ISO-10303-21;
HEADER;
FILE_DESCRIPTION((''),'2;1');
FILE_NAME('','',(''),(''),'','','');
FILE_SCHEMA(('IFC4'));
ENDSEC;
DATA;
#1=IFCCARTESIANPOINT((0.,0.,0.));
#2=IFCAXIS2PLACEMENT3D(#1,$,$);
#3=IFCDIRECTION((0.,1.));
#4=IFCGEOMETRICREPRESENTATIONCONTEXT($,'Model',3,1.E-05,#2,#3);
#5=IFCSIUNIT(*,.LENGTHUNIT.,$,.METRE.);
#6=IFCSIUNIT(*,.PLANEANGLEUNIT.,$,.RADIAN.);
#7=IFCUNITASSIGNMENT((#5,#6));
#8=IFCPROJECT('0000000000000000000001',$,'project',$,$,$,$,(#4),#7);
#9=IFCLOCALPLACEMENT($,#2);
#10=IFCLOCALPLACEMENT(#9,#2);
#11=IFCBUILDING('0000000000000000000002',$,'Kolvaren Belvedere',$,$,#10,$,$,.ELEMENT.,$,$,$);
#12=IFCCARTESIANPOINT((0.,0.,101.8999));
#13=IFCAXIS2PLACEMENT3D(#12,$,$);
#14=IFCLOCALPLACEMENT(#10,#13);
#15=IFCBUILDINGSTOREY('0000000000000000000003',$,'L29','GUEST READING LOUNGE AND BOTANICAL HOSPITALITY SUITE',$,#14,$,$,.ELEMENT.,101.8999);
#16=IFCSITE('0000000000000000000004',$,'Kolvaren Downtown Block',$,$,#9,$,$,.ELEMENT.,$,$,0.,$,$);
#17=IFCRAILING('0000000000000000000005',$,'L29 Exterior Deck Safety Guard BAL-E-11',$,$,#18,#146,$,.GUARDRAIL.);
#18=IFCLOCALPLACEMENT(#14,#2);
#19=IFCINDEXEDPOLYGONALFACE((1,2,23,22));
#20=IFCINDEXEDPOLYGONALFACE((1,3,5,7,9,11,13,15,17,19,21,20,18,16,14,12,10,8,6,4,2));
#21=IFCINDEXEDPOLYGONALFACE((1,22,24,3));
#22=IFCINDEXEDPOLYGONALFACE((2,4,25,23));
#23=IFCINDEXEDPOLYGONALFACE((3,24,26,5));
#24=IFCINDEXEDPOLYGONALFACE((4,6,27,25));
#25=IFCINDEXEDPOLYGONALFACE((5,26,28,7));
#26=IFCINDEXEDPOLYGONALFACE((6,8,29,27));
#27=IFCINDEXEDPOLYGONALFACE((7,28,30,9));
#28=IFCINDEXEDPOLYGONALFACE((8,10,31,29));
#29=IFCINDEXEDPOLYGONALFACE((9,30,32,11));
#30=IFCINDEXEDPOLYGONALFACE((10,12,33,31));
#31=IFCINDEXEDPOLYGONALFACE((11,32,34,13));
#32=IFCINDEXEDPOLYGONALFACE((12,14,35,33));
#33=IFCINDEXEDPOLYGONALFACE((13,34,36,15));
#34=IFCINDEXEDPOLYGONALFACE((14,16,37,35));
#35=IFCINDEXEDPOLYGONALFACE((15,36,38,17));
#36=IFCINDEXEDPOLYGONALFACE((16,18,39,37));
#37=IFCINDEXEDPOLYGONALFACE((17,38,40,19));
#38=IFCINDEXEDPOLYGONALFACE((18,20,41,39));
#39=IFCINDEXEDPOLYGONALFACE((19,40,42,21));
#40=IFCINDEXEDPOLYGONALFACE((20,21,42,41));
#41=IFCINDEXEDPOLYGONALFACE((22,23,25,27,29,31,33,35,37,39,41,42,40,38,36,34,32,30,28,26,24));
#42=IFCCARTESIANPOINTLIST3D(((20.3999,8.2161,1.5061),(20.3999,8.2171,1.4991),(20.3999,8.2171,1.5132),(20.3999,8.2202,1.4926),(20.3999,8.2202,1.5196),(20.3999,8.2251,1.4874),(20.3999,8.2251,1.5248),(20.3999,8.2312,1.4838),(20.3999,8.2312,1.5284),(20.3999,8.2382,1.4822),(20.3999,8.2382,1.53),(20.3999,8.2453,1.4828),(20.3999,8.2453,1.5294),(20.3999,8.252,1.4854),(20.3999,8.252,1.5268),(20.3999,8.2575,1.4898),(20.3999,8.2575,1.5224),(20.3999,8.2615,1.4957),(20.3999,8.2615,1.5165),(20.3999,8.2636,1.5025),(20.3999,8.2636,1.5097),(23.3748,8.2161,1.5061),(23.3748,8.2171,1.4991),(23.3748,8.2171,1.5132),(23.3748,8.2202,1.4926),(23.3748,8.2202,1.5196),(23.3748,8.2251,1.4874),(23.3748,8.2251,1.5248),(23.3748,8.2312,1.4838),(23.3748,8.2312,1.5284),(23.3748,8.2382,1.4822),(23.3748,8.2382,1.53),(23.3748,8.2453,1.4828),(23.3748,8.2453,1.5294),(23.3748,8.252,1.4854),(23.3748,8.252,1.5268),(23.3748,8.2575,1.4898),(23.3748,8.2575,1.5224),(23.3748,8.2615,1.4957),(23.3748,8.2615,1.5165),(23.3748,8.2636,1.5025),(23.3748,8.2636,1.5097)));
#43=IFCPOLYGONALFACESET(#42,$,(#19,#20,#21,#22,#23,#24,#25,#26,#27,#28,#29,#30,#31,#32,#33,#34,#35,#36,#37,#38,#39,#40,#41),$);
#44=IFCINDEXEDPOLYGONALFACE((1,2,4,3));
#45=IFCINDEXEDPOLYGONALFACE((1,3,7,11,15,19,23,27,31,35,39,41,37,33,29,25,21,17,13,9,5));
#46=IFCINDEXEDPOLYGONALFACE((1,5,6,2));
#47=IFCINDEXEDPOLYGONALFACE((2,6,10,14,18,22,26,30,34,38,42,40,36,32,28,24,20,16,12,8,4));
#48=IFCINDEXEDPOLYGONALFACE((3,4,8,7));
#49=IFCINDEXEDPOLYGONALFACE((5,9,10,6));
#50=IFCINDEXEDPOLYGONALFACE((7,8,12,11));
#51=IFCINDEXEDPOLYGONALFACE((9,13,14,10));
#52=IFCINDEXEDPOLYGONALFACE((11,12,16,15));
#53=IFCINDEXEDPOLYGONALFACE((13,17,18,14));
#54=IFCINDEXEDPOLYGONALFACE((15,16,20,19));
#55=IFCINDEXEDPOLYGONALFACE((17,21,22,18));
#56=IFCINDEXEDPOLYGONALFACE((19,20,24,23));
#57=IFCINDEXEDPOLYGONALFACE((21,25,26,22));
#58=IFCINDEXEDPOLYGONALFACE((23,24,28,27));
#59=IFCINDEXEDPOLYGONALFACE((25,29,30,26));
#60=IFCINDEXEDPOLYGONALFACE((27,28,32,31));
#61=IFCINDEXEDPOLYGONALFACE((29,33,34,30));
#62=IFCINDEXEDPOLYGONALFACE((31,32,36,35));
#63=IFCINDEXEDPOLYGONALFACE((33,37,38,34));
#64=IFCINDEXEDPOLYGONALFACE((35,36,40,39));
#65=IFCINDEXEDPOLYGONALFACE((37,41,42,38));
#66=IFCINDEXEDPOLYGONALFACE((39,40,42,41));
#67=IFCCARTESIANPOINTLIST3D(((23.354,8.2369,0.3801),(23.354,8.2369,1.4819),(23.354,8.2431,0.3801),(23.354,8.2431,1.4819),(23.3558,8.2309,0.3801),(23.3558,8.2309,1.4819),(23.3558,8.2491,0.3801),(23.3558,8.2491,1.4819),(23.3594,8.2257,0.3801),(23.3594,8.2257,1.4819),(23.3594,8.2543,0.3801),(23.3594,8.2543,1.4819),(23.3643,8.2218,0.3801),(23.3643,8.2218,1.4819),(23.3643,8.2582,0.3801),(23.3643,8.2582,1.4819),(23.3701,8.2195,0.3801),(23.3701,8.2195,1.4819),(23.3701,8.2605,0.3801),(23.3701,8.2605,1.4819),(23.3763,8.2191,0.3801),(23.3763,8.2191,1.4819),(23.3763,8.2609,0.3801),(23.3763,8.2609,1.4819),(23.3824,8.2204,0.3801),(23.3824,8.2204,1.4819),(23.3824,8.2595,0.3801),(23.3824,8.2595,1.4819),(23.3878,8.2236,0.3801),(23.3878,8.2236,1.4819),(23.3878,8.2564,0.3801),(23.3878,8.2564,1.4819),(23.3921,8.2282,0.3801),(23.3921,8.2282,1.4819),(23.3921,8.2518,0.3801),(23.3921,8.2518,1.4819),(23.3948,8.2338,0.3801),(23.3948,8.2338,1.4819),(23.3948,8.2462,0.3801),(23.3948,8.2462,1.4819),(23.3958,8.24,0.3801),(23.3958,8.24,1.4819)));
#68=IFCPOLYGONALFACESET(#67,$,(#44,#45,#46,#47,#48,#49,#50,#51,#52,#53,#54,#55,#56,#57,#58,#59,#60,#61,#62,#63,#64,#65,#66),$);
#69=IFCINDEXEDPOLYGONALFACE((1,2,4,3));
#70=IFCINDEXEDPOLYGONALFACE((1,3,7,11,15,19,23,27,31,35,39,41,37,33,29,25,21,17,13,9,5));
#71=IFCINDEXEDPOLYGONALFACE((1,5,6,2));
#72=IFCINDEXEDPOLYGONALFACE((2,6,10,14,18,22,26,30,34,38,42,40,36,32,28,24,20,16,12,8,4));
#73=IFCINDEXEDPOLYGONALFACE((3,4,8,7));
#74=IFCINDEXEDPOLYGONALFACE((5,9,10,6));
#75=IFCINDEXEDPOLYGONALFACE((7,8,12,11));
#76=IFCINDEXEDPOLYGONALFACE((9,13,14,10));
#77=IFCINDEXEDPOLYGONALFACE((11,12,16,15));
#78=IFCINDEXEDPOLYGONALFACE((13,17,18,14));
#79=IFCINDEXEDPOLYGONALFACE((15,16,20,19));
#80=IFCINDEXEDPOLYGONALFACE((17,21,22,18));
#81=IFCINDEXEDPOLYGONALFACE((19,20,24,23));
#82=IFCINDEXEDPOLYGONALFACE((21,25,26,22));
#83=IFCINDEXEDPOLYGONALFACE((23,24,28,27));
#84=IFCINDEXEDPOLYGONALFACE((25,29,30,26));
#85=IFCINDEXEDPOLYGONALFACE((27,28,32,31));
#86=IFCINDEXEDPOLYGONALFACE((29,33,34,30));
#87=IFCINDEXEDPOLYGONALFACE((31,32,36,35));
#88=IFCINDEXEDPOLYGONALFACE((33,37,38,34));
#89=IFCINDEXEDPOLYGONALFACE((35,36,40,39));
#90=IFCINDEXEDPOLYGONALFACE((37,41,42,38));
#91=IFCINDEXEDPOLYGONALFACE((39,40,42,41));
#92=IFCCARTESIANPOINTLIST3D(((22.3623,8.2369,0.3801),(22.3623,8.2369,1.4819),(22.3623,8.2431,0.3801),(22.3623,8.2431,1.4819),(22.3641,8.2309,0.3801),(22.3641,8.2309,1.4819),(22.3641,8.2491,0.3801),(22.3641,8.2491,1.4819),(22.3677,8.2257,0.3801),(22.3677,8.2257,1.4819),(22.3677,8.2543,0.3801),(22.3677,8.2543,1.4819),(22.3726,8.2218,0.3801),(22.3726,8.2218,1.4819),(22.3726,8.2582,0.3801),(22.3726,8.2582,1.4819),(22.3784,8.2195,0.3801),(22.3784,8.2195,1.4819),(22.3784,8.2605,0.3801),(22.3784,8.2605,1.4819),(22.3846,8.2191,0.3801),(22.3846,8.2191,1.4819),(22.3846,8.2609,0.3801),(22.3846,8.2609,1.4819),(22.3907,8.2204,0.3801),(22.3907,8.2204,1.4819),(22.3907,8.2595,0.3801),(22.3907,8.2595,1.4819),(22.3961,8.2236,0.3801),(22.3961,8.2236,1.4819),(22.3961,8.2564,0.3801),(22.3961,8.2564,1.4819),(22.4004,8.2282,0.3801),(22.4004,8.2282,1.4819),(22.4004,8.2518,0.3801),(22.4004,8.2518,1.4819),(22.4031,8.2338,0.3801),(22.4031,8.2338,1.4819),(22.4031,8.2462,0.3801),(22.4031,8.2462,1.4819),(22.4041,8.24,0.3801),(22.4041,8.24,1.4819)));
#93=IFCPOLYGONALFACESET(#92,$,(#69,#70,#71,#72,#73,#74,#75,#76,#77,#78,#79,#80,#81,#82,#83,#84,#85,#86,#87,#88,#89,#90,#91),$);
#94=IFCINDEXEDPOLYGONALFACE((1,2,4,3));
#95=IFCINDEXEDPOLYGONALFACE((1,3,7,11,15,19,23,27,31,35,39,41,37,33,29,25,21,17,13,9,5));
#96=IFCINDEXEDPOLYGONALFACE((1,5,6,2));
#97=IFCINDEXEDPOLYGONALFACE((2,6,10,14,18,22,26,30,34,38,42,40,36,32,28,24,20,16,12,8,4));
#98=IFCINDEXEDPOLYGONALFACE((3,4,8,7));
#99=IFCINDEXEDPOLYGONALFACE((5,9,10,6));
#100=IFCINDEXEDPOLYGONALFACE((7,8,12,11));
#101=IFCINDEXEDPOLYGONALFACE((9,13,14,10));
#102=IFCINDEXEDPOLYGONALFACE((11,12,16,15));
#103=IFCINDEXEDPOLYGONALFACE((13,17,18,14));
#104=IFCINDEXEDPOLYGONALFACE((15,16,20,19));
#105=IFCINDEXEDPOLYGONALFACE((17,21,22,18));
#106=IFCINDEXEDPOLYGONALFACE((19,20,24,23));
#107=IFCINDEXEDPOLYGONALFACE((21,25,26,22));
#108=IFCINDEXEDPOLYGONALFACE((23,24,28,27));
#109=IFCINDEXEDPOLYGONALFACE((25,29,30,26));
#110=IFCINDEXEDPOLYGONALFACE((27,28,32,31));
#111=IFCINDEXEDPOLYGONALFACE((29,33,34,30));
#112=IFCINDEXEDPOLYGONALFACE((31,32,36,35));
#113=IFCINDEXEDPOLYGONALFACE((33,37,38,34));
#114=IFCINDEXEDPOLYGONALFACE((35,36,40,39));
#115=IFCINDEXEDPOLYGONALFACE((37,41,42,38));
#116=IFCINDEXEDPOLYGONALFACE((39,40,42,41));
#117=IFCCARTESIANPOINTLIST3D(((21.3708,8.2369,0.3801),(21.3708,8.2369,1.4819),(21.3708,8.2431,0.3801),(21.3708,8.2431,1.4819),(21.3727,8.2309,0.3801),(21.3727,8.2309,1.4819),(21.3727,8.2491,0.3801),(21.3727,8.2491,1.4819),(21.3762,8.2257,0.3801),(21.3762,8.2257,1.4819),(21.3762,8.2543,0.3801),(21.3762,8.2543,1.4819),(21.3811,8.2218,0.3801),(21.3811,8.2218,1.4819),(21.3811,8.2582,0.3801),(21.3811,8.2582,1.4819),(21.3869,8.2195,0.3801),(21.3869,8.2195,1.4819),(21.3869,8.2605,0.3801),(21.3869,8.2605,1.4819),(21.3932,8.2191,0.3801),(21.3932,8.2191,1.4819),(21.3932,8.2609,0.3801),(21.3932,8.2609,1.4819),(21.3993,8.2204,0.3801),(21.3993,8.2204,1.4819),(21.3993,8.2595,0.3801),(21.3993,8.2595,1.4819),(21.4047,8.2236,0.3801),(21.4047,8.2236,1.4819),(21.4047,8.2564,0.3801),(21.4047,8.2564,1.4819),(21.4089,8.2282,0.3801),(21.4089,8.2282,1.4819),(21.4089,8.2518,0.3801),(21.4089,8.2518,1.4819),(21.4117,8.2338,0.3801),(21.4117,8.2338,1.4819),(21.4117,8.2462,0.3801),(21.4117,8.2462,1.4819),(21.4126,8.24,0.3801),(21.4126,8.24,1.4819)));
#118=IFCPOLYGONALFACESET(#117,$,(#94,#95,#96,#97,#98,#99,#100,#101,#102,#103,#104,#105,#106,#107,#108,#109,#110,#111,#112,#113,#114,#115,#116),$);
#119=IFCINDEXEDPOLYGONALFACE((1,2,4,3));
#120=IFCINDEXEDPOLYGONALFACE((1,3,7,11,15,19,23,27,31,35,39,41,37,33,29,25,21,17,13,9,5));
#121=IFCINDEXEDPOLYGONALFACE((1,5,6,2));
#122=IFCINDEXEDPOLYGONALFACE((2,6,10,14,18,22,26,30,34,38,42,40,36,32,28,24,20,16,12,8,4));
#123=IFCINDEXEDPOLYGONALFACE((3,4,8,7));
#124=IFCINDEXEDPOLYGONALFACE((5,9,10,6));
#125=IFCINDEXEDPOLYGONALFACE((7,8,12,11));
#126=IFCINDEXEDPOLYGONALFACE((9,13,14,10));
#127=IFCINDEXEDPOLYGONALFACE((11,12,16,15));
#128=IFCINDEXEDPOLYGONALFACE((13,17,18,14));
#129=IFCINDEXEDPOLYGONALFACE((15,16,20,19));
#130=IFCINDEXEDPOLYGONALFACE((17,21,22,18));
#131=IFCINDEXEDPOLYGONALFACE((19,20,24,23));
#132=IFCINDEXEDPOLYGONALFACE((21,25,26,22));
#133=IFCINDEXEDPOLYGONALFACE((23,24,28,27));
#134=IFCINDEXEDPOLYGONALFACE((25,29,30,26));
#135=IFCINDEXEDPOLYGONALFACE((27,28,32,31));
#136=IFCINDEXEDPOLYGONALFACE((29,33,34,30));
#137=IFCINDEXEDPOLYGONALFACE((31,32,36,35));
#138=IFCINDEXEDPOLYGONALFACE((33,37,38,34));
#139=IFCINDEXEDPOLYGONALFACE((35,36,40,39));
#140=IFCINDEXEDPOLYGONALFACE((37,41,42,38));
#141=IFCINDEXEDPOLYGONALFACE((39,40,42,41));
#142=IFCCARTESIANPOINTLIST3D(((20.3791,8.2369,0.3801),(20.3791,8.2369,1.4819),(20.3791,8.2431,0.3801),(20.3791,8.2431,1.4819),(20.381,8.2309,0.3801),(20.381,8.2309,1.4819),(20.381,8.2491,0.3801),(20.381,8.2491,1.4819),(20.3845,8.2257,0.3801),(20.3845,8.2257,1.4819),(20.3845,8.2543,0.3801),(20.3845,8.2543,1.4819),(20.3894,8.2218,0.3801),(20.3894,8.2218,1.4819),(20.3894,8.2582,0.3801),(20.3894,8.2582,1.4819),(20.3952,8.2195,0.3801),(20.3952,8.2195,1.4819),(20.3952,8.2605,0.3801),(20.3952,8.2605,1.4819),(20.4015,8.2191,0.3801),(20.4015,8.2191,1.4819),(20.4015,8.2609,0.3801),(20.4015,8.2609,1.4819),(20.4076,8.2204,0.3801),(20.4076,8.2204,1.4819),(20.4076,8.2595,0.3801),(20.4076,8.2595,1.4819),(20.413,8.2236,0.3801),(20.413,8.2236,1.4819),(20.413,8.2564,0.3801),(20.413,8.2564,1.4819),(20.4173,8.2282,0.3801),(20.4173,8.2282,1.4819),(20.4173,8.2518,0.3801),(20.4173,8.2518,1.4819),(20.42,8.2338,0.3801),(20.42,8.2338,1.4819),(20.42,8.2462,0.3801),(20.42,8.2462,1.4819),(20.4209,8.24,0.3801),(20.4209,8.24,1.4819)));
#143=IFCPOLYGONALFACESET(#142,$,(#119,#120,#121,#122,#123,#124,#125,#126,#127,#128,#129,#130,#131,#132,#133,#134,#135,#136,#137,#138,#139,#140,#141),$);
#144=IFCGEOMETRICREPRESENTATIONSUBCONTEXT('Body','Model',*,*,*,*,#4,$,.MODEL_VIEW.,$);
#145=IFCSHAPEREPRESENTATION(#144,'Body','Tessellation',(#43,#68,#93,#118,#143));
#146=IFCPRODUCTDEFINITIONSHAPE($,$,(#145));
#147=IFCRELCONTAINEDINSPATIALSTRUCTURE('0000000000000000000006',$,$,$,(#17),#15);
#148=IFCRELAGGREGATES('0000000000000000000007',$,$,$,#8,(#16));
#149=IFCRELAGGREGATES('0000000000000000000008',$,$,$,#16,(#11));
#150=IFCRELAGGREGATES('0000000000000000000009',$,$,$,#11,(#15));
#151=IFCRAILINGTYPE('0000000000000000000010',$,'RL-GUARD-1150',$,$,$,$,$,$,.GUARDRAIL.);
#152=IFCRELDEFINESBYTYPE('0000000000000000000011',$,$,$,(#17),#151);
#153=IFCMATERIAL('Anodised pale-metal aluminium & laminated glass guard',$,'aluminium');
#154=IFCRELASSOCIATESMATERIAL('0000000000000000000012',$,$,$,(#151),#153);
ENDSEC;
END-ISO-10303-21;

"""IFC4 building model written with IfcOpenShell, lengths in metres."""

from ifc_helpers import new_model, si_unit, direction, frame, origin, origin_2d, place, context, subcontext, project, spatial, circle, extrude, material, type_object, element, save


model = new_model("IFC4")

# Units and contexts
model_context = context("Model", 3, precision=1e-05, world=origin(), true_north=direction((0.0, 1.0)))
body_context = subcontext(model_context, "Body", "Model", "MODEL_VIEW")
ifc_project = project(units=[si_unit("LENGTHUNIT", "METRE"), si_unit("PLANEANGLEUNIT", "RADIAN")], contexts=[model_context])

# Site, building, storey
site_placement = place(None, origin())
site = spatial("IfcSite", under=ifc_project, at=site_placement, Name="Kolvaren Downtown Block", CompositionType="ELEMENT", RefElevation=0.0)
building_placement = place(site_placement, origin())
building = spatial("IfcBuilding", under=site, at=building_placement, Name="Kolvaren Belvedere", CompositionType="ELEMENT")
storey_placement = place(building_placement, frame((0.0, 0.0, 101.8999)))
storey = spatial("IfcBuildingStorey", under=building, at=storey_placement, Name="L29", Description="GUEST READING LOUNGE AND BOTANICAL HOSPITALITY SUITE", CompositionType="ELEMENT", Elevation=101.8999)

# Railing
ifc_material_1 = material(Name="Anodised pale-metal aluminium & laminated glass guard", Category="aluminium")
railing_type = type_object("IfcRailingType", Name="RL-GUARD-1150", PredefinedType="GUARDRAIL", material=ifc_material_1)
railing_1_placement = place(storey_placement, frame((23.3748, 8.24, 0.3801)))
element("IfcRailing", 1, at=railing_1_placement, inside=storey, type_object=railing_type, Name="L29 Exterior Deck Safety Guard BAL-E-11", PredefinedType="GUARDRAIL", context=body_context, shape_type="SweptSolid", body=[
    extrude(circle(Radius=0.0239, at=origin_2d()), frame((0.0, 0.0, 1.126), z_axis=(-1.0, 0.0, 0.0), x_axis=(0.0, -1.0, 0.0)), (0.0, 0.0, 1.0), 2.9749),
    extrude(circle(Radius=0.021, at=origin_2d()), origin(), (0.0, 0.0, 1.0), 1.1018),
    extrude(circle(Radius=0.021, at=origin_2d()), frame((-0.9917, 0.0, 0.0)), (0.0, 0.0, 1.0), 1.1018),
    extrude(circle(Radius=0.021, at=origin_2d()), frame((-1.9832, 0.0, 0.0)), (0.0, 0.0, 1.0), 1.1018),
    extrude(circle(Radius=0.021, at=origin_2d()), frame((-2.9749, 0.0, 0.0)), (0.0, 0.0, 1.0), 1.1018),
])

save(model, "model.ifc")
